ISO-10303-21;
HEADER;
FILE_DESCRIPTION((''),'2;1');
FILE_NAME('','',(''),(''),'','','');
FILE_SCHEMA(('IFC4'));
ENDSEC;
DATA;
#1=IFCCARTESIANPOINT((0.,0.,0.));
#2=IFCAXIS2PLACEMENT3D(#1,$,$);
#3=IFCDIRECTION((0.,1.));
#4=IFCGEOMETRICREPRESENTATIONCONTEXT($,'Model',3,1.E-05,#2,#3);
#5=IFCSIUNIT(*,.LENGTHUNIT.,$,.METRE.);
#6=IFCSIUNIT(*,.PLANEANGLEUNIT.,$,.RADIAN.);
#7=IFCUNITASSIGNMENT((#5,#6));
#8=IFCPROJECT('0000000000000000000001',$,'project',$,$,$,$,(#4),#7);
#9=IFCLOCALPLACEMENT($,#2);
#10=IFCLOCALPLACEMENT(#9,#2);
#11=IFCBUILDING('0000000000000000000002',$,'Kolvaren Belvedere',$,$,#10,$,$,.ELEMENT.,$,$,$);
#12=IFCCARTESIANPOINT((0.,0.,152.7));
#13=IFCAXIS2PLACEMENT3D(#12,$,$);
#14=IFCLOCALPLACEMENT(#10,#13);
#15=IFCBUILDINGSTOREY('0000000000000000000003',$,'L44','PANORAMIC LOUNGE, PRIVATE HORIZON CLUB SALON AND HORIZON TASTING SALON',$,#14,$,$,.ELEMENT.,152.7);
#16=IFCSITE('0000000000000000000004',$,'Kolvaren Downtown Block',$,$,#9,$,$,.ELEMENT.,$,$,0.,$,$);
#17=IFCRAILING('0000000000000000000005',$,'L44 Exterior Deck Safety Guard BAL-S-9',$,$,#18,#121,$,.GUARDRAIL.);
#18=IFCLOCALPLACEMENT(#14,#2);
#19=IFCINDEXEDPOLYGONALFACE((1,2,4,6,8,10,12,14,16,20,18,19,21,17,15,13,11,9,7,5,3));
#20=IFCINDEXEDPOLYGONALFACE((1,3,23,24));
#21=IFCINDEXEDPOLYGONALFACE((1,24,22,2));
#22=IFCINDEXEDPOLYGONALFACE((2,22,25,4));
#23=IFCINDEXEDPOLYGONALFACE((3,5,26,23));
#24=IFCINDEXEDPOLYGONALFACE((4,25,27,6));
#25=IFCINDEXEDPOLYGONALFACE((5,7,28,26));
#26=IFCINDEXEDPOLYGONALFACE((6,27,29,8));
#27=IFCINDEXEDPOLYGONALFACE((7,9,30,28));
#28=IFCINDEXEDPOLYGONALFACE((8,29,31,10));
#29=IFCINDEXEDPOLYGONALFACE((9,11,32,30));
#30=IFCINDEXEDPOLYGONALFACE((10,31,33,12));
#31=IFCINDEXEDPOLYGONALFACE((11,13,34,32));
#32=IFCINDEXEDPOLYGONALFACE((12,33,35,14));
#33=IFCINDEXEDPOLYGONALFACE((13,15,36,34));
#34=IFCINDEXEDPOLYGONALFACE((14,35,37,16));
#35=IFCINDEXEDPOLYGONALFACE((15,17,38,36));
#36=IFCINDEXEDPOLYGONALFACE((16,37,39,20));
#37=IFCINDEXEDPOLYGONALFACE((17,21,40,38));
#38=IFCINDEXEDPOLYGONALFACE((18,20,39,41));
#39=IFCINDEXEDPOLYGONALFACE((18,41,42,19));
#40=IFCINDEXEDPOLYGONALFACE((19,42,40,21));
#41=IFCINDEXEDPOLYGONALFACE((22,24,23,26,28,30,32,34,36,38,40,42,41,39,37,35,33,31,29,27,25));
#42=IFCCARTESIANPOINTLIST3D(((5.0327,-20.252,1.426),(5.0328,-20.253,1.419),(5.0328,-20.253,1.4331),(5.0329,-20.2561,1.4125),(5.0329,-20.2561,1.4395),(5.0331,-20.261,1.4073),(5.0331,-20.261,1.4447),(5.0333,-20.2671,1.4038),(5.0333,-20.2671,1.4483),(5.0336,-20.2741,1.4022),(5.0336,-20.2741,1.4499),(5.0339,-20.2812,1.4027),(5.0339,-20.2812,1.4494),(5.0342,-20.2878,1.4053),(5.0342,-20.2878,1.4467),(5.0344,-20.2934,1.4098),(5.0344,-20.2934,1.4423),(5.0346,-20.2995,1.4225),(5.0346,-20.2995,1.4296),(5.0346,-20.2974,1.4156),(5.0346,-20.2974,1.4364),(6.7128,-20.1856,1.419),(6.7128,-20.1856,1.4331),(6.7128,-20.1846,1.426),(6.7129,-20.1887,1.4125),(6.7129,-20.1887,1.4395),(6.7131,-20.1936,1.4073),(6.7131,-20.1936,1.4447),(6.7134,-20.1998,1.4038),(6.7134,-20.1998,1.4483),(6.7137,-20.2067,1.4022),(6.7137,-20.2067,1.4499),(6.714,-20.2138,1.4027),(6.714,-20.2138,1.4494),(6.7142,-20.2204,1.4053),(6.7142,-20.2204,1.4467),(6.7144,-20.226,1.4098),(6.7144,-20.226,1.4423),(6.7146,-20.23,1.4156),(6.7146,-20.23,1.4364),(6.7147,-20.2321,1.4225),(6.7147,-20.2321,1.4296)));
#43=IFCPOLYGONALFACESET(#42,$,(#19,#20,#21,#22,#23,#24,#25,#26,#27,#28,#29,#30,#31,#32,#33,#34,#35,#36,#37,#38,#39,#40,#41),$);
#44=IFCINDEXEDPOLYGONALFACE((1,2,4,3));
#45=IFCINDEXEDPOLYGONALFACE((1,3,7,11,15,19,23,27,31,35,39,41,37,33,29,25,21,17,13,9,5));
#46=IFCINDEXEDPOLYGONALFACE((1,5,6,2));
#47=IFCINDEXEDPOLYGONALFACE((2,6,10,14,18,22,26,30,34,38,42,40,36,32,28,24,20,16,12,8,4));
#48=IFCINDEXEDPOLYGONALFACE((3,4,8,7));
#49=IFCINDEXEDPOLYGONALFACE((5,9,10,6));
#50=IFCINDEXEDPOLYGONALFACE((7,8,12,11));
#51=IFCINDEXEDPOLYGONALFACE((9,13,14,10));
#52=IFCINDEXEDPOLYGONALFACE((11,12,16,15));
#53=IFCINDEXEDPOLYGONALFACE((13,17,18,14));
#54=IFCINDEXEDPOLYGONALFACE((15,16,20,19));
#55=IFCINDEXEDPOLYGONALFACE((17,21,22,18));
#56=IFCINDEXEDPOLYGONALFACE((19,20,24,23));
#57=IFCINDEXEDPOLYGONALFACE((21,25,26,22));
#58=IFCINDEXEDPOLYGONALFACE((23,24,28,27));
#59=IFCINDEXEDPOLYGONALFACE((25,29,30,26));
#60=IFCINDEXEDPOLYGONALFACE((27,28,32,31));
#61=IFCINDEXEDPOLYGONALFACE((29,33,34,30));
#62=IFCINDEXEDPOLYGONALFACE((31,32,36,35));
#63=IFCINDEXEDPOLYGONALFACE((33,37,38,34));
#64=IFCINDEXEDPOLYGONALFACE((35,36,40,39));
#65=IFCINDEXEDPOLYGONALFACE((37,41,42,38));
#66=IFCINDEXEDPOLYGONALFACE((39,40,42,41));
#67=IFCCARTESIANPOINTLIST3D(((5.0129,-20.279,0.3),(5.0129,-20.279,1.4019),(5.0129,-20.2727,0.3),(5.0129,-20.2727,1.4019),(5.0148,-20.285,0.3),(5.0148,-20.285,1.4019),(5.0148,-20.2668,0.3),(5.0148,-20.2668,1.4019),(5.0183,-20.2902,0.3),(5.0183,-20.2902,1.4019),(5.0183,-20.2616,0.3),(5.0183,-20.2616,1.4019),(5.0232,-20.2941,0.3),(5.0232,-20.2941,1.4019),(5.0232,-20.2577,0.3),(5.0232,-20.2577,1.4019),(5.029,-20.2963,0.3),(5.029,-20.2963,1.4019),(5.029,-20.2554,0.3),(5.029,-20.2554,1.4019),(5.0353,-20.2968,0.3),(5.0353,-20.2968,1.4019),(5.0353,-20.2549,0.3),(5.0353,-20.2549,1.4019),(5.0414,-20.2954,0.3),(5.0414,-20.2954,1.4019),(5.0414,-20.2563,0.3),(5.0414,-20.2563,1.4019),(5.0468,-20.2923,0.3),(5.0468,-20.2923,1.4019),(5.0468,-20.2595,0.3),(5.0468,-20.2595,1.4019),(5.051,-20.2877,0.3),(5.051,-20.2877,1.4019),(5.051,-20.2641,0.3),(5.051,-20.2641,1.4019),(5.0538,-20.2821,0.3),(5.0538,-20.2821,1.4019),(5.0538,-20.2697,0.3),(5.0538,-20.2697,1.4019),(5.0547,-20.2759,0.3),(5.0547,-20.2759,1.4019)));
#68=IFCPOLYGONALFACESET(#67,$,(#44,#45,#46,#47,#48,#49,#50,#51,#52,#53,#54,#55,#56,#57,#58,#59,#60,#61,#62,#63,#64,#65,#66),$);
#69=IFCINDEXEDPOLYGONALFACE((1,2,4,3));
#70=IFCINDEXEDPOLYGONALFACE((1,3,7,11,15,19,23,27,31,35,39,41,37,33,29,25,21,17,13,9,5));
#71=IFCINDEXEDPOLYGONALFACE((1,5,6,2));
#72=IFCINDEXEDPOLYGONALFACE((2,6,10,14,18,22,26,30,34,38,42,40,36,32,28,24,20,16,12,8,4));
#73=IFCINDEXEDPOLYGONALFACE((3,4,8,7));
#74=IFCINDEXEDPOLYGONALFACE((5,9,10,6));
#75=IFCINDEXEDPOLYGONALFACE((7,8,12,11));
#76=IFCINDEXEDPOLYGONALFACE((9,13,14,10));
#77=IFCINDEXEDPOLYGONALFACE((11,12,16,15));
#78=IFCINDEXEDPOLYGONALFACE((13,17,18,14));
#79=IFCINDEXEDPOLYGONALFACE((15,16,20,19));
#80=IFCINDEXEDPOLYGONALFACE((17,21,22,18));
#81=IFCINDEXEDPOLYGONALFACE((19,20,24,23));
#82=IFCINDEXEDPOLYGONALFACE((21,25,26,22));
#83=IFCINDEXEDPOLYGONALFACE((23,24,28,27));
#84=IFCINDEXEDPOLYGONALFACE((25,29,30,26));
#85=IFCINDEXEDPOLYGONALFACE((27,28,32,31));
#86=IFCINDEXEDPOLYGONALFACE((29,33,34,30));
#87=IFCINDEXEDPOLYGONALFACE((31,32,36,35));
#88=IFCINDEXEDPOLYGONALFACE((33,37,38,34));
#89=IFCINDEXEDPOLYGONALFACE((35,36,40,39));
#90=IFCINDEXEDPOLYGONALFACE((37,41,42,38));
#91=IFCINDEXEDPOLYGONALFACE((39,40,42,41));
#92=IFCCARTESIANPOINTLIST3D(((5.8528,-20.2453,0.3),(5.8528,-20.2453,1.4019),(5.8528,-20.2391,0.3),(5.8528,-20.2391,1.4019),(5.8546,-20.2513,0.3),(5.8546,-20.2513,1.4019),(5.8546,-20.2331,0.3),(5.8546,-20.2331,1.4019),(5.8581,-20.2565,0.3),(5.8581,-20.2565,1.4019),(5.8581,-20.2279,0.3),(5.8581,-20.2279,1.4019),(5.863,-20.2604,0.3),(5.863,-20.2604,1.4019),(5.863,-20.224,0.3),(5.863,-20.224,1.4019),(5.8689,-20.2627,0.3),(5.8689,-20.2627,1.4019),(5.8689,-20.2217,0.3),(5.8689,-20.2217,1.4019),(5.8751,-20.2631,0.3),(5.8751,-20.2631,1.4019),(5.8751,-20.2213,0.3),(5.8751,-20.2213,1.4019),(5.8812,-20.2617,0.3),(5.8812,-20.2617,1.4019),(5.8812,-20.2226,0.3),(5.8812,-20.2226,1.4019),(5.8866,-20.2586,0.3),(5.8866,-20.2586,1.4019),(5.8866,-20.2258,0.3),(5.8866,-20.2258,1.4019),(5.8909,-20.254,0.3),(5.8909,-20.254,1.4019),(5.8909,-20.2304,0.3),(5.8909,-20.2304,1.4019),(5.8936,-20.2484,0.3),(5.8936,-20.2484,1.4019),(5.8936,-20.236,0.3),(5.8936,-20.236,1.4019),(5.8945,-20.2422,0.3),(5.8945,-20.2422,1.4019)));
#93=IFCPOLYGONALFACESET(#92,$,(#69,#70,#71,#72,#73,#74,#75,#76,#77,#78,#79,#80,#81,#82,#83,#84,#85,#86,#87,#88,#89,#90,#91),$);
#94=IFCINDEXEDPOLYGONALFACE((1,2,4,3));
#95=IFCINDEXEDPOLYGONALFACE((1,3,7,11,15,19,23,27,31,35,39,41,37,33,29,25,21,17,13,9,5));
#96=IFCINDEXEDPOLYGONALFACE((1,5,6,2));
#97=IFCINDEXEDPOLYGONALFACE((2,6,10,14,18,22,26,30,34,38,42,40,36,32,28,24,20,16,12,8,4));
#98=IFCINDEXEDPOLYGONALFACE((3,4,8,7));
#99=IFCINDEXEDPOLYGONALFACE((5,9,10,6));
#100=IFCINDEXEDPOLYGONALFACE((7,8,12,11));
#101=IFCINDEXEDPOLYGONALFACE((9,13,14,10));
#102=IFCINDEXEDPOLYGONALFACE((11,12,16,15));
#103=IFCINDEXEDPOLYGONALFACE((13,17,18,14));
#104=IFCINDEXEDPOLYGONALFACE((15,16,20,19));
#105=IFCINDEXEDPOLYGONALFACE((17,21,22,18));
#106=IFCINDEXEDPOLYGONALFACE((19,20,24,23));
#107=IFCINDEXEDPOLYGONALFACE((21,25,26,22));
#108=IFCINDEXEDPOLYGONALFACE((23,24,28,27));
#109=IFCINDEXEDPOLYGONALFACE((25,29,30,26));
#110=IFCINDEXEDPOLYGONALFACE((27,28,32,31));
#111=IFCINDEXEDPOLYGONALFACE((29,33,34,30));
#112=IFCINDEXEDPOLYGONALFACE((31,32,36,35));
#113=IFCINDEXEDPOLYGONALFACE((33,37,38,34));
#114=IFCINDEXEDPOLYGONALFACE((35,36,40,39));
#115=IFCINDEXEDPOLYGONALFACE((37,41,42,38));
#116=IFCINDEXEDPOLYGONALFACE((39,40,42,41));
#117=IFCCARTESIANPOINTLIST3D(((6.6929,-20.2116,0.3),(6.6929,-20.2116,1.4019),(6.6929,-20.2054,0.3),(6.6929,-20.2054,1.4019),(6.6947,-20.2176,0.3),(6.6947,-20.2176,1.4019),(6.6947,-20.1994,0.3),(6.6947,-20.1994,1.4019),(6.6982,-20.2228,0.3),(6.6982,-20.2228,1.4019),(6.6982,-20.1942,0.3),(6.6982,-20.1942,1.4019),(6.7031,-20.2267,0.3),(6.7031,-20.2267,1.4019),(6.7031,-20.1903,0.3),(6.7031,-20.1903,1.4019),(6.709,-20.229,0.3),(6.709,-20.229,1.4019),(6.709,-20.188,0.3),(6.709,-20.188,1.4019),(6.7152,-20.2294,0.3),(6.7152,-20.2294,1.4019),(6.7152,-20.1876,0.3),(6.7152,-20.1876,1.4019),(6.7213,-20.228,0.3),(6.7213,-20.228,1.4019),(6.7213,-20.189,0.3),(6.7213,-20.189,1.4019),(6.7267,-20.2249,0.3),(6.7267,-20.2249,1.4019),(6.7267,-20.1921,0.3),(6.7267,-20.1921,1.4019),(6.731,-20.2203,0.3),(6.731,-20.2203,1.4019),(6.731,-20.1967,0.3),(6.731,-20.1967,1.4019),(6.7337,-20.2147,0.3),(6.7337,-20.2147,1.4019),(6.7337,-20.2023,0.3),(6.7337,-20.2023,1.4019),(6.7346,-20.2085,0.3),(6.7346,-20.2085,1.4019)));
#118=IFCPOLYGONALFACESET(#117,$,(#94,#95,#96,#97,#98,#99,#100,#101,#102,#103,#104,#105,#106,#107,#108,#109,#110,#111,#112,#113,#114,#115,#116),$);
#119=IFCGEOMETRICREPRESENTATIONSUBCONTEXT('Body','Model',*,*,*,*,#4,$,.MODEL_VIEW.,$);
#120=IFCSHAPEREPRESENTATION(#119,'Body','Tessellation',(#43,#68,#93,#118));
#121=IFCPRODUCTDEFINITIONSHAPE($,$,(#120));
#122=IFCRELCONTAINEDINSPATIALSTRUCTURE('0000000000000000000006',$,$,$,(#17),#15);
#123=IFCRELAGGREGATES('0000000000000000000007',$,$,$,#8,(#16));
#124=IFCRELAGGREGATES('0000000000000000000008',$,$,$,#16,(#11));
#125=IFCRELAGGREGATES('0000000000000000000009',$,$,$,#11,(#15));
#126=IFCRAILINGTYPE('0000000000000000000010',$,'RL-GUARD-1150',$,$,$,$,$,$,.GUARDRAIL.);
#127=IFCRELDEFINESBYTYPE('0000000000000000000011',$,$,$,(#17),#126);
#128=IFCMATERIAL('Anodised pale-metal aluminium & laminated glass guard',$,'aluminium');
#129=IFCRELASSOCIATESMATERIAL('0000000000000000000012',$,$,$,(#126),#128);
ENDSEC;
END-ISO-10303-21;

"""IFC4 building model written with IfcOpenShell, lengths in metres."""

from ifc_helpers import new_model, si_unit, direction, frame, origin, origin_2d, place, context, subcontext, project, spatial, circle, extrude, material, type_object, element, save


model = new_model("IFC4")

# Units and contexts
model_context = context("Model", 3, precision=1e-05, world=origin(), true_north=direction((0.0, 1.0)))
body_context = subcontext(model_context, "Body", "Model", "MODEL_VIEW")
ifc_project = project(units=[si_unit("LENGTHUNIT", "METRE"), si_unit("PLANEANGLEUNIT", "RADIAN")], contexts=[model_context])

# Site, building, storey
site_placement = place(None, origin())
site = spatial("IfcSite", under=ifc_project, at=site_placement, Name="Kolvaren Downtown Block", CompositionType="ELEMENT", RefElevation=0.0)
building_placement = place(site_placement, origin())
building = spatial("IfcBuilding", under=site, at=building_placement, Name="Kolvaren Belvedere", CompositionType="ELEMENT")
storey_placement = place(building_placement, frame((0.0, 0.0, 152.7)))
storey = spatial("IfcBuildingStorey", under=building, at=storey_placement, Name="L44", Description="PANORAMIC LOUNGE, PRIVATE HORIZON CLUB SALON AND HORIZON TASTING SALON", CompositionType="ELEMENT", Elevation=152.7)

# Railing
ifc_material_1 = material(Name="Anodised pale-metal aluminium & laminated glass guard", Category="aluminium")
railing_type = type_object("IfcRailingType", Name="RL-GUARD-1150", PredefinedType="GUARDRAIL", material=ifc_material_1)
railing_1_placement = place(storey_placement, frame((5.0337, -20.2759, 0.3)))
element("IfcRailing", 1, at=railing_1_placement, inside=storey, type_object=railing_type, Name="L44 Exterior Deck Safety Guard BAL-S-9", PredefinedType="GUARDRAIL", context=body_context, shape_type="SweptSolid", body=[
    extrude(circle(Radius=0.0239, at=origin_2d()), frame((0.0, 0.0, 1.126), z_axis=(0.999197, 0.040078, 0.0), x_axis=(-0.040078, 0.999197, 0.0)), (0.0, 0.0, 1.0), 1.6814),
    extrude(circle(Radius=0.021, at=origin_2d()), origin(), (0.0, 0.0, 1.0), 1.1018),
    extrude(circle(Radius=0.021, at=origin_2d()), frame((0.8398, 0.0337, 0.0)), (0.0, 0.0, 1.0), 1.1018),
    extrude(circle(Radius=0.021, at=origin_2d()), frame((1.6799, 0.0674, 0.0)), (0.0, 0.0, 1.0), 1.1018),
])

save(model, "model.ifc")
